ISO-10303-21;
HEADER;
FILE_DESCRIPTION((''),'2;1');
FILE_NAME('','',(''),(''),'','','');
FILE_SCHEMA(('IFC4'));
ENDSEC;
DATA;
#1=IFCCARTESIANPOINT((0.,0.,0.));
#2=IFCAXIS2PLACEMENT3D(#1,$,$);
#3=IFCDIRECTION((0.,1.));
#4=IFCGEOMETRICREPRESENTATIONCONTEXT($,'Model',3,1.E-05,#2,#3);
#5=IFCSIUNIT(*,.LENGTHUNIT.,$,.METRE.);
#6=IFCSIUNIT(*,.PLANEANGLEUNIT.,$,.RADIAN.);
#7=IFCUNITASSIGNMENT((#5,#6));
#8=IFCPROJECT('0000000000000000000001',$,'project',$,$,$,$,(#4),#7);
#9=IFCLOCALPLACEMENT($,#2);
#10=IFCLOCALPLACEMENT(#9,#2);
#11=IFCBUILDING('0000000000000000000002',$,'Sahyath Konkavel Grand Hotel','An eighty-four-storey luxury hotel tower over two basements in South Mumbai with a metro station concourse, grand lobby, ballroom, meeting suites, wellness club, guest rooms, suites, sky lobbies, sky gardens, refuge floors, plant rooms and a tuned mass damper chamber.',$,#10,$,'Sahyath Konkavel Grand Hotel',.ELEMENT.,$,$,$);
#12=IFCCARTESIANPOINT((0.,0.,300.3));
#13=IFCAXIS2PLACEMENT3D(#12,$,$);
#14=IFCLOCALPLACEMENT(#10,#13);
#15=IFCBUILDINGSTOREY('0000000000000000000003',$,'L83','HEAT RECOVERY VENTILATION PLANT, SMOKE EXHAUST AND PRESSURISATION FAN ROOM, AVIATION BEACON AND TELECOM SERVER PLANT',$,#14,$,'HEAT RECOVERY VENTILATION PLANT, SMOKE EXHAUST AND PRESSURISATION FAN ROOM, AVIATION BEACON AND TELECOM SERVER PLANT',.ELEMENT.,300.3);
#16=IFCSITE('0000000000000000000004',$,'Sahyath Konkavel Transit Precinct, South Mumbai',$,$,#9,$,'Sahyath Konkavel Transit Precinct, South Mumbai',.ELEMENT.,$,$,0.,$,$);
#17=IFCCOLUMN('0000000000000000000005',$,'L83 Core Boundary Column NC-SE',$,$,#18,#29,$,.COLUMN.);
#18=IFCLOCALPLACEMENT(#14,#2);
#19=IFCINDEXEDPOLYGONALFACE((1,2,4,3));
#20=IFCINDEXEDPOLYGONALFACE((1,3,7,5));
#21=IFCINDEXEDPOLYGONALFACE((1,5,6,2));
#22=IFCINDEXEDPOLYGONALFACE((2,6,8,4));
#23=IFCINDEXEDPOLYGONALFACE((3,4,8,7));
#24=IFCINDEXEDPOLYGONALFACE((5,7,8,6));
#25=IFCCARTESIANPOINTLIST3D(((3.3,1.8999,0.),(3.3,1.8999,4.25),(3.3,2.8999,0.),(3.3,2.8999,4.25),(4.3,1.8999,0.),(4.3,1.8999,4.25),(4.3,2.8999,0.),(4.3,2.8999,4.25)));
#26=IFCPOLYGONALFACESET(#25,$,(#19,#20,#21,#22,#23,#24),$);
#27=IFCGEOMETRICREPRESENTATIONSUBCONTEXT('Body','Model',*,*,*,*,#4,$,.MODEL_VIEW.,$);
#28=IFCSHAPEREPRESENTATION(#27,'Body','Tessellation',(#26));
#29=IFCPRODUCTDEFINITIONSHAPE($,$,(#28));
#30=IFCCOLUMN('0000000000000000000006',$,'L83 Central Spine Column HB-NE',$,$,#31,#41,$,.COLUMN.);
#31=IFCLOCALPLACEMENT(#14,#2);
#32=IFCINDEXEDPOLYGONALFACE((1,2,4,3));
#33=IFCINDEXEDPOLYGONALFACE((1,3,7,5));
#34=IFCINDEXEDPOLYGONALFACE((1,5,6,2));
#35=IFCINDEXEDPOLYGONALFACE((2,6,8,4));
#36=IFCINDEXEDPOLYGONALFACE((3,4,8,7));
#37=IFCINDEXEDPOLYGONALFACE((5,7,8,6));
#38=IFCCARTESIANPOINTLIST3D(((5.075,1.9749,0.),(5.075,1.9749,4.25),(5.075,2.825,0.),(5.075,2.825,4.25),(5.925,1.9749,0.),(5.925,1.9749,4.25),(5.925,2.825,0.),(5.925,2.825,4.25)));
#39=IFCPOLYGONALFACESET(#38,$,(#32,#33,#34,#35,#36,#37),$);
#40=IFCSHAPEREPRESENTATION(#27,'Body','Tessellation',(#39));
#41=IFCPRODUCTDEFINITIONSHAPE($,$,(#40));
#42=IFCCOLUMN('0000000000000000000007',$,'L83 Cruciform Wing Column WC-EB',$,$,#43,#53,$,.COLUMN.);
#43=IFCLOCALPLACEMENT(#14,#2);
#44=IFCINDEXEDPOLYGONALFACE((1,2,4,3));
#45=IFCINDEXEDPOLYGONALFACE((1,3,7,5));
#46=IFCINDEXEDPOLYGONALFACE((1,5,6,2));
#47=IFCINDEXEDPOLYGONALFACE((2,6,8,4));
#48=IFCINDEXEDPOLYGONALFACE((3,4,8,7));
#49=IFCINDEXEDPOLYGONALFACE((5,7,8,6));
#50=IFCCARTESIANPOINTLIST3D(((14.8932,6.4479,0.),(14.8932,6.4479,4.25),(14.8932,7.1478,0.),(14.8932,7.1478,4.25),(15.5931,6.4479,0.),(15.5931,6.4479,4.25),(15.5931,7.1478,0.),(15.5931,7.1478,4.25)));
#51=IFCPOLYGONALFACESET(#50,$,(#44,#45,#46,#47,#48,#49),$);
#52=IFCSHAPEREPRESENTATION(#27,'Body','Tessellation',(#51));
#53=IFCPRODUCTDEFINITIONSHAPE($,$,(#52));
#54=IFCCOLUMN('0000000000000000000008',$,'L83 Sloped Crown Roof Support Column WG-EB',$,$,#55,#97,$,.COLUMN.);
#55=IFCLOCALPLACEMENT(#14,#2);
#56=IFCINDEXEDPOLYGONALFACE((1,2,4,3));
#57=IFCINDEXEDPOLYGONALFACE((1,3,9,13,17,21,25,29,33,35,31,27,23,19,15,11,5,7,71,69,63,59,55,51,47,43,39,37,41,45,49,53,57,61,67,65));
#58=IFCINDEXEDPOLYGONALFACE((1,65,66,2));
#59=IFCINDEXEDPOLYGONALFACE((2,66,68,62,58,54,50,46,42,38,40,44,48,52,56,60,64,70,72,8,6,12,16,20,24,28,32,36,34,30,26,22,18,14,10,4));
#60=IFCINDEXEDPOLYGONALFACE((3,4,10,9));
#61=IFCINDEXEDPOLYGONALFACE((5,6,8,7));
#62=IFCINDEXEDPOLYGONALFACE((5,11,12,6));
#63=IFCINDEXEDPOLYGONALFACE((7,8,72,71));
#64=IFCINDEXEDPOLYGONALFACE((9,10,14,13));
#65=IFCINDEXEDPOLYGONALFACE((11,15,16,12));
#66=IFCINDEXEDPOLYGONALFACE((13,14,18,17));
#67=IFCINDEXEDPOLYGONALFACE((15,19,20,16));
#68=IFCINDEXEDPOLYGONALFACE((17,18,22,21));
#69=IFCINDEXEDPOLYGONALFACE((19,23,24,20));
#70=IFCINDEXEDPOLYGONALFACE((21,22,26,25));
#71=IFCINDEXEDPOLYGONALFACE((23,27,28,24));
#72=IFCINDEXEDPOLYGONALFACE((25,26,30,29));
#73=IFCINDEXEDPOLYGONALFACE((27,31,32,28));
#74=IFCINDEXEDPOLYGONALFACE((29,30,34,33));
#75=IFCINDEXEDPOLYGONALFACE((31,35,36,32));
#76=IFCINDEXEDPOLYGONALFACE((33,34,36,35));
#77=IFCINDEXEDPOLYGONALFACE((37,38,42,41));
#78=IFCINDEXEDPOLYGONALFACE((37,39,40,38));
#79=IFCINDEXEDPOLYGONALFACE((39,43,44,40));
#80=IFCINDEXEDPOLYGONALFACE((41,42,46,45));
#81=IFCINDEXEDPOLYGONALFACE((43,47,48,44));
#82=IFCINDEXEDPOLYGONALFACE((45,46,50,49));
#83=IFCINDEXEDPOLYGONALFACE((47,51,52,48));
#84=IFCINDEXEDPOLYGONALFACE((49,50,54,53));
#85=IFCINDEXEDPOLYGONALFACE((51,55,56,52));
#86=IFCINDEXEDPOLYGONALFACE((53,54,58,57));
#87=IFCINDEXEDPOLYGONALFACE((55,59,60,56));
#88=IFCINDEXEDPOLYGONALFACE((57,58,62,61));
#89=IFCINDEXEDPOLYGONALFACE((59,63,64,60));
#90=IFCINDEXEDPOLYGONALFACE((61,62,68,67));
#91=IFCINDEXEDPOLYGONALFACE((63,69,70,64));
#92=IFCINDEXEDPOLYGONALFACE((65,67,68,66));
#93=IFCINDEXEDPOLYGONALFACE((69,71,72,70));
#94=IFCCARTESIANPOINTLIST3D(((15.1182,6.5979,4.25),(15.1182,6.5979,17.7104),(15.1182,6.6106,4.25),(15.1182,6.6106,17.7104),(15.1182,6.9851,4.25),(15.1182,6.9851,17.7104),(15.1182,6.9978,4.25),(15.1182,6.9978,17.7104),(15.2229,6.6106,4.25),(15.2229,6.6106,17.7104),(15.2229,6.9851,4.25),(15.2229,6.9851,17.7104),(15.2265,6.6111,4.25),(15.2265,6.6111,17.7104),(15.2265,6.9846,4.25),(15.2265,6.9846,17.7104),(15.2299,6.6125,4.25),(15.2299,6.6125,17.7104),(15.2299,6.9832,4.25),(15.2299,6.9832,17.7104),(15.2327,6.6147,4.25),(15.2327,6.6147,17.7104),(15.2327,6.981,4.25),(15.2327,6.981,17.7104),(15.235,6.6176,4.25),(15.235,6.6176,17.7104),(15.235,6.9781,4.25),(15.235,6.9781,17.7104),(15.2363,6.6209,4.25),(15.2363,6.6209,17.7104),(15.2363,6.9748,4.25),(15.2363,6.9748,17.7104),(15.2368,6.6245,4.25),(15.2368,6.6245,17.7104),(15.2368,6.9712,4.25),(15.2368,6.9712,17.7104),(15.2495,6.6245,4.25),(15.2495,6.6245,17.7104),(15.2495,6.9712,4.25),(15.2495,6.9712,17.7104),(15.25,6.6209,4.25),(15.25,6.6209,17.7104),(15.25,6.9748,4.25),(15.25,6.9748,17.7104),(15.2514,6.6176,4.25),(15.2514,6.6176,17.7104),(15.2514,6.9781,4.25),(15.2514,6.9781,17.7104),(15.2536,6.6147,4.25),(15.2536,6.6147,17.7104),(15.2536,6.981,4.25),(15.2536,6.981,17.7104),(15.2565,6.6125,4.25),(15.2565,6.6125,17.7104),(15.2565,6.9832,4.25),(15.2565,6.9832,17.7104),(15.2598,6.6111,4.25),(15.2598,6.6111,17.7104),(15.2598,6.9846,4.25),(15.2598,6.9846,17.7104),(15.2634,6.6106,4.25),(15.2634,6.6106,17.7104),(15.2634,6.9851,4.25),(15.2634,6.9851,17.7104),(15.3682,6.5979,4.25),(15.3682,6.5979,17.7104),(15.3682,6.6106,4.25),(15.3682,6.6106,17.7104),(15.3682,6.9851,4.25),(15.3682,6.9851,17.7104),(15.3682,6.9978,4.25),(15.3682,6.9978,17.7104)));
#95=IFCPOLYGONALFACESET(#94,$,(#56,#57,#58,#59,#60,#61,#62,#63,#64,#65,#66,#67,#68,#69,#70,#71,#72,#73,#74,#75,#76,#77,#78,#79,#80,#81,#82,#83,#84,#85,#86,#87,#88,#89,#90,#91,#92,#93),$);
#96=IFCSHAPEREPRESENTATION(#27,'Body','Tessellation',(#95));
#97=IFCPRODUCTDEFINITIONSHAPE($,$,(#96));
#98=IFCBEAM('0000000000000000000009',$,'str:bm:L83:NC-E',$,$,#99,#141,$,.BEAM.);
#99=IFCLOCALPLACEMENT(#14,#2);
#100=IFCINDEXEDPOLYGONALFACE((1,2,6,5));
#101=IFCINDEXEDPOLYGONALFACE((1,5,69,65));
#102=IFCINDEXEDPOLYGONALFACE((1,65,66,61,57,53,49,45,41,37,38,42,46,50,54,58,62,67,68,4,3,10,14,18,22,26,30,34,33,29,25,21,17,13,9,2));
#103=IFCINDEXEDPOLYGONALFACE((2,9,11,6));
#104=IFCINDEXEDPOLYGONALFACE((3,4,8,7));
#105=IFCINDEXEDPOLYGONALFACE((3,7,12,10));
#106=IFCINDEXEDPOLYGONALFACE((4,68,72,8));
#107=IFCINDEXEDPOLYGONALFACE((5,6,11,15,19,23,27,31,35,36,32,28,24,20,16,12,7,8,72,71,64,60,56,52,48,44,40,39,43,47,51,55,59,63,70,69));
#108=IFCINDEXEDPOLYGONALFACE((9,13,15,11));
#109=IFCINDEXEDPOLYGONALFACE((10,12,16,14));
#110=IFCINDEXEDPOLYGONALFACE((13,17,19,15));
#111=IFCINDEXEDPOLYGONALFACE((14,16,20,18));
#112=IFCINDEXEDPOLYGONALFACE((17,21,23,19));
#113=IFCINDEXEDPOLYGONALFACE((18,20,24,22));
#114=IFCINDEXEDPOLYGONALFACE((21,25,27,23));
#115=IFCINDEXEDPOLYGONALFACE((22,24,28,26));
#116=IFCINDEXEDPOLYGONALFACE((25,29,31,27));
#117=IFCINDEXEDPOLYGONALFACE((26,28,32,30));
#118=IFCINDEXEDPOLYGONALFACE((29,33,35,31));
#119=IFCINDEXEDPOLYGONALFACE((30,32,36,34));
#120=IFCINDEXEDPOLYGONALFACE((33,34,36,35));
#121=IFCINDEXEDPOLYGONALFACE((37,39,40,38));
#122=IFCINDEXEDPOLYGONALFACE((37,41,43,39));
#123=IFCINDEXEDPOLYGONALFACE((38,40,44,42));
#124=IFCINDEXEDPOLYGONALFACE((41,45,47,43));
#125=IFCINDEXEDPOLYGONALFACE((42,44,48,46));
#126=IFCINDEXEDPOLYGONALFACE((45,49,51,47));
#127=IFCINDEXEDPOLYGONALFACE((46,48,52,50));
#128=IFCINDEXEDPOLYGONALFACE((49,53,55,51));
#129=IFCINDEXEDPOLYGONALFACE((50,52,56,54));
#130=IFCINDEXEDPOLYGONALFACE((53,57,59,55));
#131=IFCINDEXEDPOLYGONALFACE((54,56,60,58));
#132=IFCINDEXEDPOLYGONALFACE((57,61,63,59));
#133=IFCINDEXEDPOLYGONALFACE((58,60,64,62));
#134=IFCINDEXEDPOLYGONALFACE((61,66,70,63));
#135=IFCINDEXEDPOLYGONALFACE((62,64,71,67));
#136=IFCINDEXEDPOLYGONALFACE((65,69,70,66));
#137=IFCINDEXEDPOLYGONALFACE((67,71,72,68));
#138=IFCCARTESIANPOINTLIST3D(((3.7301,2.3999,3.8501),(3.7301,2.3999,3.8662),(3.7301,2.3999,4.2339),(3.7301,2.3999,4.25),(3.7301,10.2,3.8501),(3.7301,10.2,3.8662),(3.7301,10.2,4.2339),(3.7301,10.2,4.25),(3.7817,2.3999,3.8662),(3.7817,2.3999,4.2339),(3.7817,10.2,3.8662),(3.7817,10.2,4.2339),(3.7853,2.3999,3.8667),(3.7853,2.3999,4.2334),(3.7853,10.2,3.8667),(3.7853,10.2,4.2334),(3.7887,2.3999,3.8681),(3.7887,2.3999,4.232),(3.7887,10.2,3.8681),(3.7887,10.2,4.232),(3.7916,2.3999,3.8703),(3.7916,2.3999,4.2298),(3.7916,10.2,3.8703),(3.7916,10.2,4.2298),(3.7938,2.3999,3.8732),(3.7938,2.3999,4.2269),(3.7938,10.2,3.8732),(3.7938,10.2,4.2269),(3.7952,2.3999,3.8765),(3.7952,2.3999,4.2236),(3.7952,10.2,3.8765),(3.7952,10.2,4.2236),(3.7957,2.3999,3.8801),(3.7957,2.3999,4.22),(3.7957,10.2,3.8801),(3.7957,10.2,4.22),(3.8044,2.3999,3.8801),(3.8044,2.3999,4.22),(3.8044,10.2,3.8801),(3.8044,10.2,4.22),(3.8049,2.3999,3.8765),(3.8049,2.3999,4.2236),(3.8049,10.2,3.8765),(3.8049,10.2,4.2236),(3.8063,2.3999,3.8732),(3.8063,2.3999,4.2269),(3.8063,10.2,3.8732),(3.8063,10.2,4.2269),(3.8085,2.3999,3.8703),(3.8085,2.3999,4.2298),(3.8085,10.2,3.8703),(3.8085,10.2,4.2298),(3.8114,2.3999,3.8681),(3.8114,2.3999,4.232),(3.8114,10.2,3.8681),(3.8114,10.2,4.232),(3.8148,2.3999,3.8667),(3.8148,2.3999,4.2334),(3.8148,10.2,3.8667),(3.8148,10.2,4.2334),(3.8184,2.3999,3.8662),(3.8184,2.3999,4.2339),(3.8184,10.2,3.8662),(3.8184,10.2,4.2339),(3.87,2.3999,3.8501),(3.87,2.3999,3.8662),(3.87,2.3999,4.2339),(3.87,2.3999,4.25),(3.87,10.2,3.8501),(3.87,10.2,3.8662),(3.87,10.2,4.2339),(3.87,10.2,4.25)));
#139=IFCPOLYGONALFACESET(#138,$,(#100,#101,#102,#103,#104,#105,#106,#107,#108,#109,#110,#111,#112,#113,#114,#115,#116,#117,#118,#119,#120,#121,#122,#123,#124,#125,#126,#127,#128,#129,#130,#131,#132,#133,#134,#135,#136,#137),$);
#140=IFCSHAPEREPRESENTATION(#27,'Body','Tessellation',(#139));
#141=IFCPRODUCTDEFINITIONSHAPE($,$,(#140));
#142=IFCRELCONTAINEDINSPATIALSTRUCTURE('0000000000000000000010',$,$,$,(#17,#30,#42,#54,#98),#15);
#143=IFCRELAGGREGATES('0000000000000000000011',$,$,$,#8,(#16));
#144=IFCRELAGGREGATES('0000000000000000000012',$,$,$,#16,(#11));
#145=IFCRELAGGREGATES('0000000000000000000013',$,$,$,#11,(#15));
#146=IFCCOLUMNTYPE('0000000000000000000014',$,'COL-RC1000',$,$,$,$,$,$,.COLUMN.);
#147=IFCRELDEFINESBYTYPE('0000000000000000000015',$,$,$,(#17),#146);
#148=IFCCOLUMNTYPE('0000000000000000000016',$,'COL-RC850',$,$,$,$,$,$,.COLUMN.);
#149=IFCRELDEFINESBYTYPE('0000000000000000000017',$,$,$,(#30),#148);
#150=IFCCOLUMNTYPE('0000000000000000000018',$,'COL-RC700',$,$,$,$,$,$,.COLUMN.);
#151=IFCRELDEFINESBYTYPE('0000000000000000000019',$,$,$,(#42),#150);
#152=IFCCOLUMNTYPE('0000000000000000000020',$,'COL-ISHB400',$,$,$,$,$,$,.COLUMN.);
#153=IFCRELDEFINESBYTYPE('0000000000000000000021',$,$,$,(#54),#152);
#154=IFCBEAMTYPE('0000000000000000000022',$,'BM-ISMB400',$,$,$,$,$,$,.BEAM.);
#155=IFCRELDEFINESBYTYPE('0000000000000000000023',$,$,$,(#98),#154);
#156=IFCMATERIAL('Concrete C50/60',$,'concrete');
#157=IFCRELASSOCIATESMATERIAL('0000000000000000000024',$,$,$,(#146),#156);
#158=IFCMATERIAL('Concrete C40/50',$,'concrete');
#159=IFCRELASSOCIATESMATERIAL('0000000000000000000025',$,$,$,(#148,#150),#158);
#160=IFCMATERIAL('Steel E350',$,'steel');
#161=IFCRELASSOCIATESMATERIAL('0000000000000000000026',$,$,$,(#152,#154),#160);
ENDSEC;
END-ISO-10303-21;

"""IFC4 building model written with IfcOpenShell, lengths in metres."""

from ifc_helpers import new_model, si_unit, direction, frame, origin, origin_2d, place, context, subcontext, project, spatial, rectangle, i_section, extrude, source, transform, mapped, material, material_profile, profile_set, type_object, element, save


model = new_model("IFC4")

# Units and contexts
model_context = context("Model", 3, precision=1e-05, world=origin(), true_north=direction((0.0, 1.0)))
body_context = subcontext(model_context, "Body", "Model", "MODEL_VIEW")
ifc_project = project(units=[si_unit("LENGTHUNIT", "METRE"), si_unit("PLANEANGLEUNIT", "RADIAN")], contexts=[model_context])

# Site, building, storey
site_placement = place(None, origin())
site = spatial("IfcSite", under=ifc_project, at=site_placement, Name="Sahyath Konkavel Transit Precinct, South Mumbai", LongName="Sahyath Konkavel Transit Precinct, South Mumbai", CompositionType="ELEMENT", RefElevation=0.0)
building_placement = place(site_placement, origin())
building = spatial("IfcBuilding", under=site, at=building_placement, Name="Sahyath Konkavel Grand Hotel", Description="An eighty-four-storey luxury hotel tower over two basements in South Mumbai with a metro station concourse, grand lobby, ballroom, meeting suites, wellness club, guest rooms, suites, sky lobbies, sky gardens, refuge floors, plant rooms and a tuned mass damper chamber.", LongName="Sahyath Konkavel Grand Hotel", CompositionType="ELEMENT")
storey_placement = place(building_placement, frame((0.0, 0.0, 300.3)))
storey = spatial("IfcBuildingStorey", under=building, at=storey_placement, Name="L83", Description="HEAT RECOVERY VENTILATION PLANT, SMOKE EXHAUST AND PRESSURISATION FAN ROOM, AVIATION BEACON AND TELECOM SERVER PLANT", LongName="HEAT RECOVERY VENTILATION PLANT, SMOKE EXHAUST AND PRESSURISATION FAN ROOM, AVIATION BEACON AND TELECOM SERVER PLANT", CompositionType="ELEMENT", Elevation=300.3)

# Columns
ifc_material_1 = material(Name="Concrete C50/60", Category="concrete")
ifc_material_profile_1 = material_profile(ifc_material_1, rectangle(XDim=1.0, YDim=1.0, at=origin_2d()), Name="RC 1000x1000")
ifc_profile_set_1 = profile_set([ifc_material_profile_1], Name="Concrete C50/60")
column_type_1 = type_object("IfcColumnType", Name="COL-RC1000", PredefinedType="COLUMN", material=ifc_profile_set_1)
shared_shape_1 = source(origin(), body_context, "Body", "SweptSolid", [
    extrude(rectangle(XDim=1.0, YDim=1.0, at=origin_2d()), origin(), (0.0, 0.0, 1.0), 4.25),
])
column_1_placement = place(storey_placement, frame((3.8, 2.3999, 0.0), z_axis=(0.0, 0.0, 1.0), x_axis=(1.0, 0.0, 0.0)))
element("IfcColumn", 1, at=column_1_placement, inside=storey, type_object=column_type_1, Name="L83 Core Boundary Column NC-SE", PredefinedType="COLUMN", context=body_context, shape_type="MappedRepresentation", body=[
    mapped(shared_shape_1, transform((0.0, 0.0, 0.0), scale=1.0)),
])
ifc_material_2 = material(Name="Concrete C40/50", Category="concrete")
ifc_material_profile_2 = material_profile(ifc_material_2, rectangle(XDim=0.8501, YDim=0.8501, at=origin_2d()), Name="RC 850x850")
ifc_profile_set_2 = profile_set([ifc_material_profile_2], Name="Concrete C40/50")
column_type_2 = type_object("IfcColumnType", Name="COL-RC850", PredefinedType="COLUMN", material=ifc_profile_set_2)
shared_shape_2 = source(origin(), body_context, "Body", "SweptSolid", [
    extrude(rectangle(XDim=0.8501, YDim=0.8501, at=origin_2d()), origin(), (0.0, 0.0, 1.0), 4.25),
])
column_2_placement = place(storey_placement, frame((5.5, 2.3999, 0.0), z_axis=(0.0, 0.0, 1.0), x_axis=(1.0, 0.0, 0.0)))
element("IfcColumn", 2, at=column_2_placement, inside=storey, type_object=column_type_2, Name="L83 Central Spine Column HB-NE", PredefinedType="COLUMN", context=body_context, shape_type="MappedRepresentation", body=[
    mapped(shared_shape_2, transform((0.0, 0.0, 0.0), scale=1.0)),
])
ifc_material_profile_3 = material_profile(ifc_material_2, rectangle(XDim=0.7, YDim=0.7, at=origin_2d()), Name="RC 700x700")
ifc_profile_set_3 = profile_set([ifc_material_profile_3], Name="Concrete C40/50")
column_type_3 = type_object("IfcColumnType", Name="COL-RC700", PredefinedType="COLUMN", material=ifc_profile_set_3)
shared_shape_3 = source(origin(), body_context, "Body", "SweptSolid", [
    extrude(rectangle(XDim=0.7, YDim=0.7, at=origin_2d()), origin(), (0.0, 0.0, 1.0), 4.25),
])
column_3_placement = place(storey_placement, frame((15.2432, 6.7979, 0.0), z_axis=(0.0, 0.0, 1.0), x_axis=(1.0, 0.0, 0.0)))
element("IfcColumn", 3, at=column_3_placement, inside=storey, type_object=column_type_3, Name="L83 Cruciform Wing Column WC-EB", PredefinedType="COLUMN", context=body_context, shape_type="MappedRepresentation", body=[
    mapped(shared_shape_3, transform((0.0, 0.0, 0.0), scale=1.0)),
])
ifc_material_3 = material(Name="Steel E350", Category="steel")
ifc_material_profile_4 = material_profile(ifc_material_3, i_section(OverallWidth=0.25, OverallDepth=0.3999, WebThickness=0.0127, FlangeThickness=0.0127, FilletRadius=0.0139, at=origin_2d()), Name="ISHB 400")
ifc_profile_set_4 = profile_set([ifc_material_profile_4], Name="Steel E350")
column_type_4 = type_object("IfcColumnType", Name="COL-ISHB400", PredefinedType="COLUMN", material=ifc_profile_set_4)
shared_shape_4 = source(origin(), body_context, "Body", "SweptSolid", [
    extrude(i_section(OverallWidth=0.25, OverallDepth=0.3999, WebThickness=0.0127, FlangeThickness=0.0127, FilletRadius=0.0139, at=origin_2d()), origin(), (0.0, 0.0, 1.0), 13.4604),
])
column_4_placement = place(storey_placement, frame((15.2432, 6.7979, 4.25), z_axis=(0.0, 0.0, 1.0), x_axis=(1.0, 0.0, 0.0)))
element("IfcColumn", 4, at=column_4_placement, inside=storey, type_object=column_type_4, Name="L83 Sloped Crown Roof Support Column WG-EB", PredefinedType="COLUMN", context=body_context, shape_type="MappedRepresentation", body=[
    mapped(shared_shape_4, transform((0.0, 0.0, 0.0), scale=1.0)),
])

# Beam
ifc_material_profile_5 = material_profile(ifc_material_3, i_section(OverallWidth=0.1399, OverallDepth=0.3999, WebThickness=0.0088, FlangeThickness=0.0161, FilletRadius=0.0139, at=origin_2d()), Name="ISMB 400")
ifc_profile_set_5 = profile_set([ifc_material_profile_5], Name="Steel E350")
beam_type_1 = type_object("IfcBeamType", Name="BM-ISMB400", PredefinedType="BEAM", material=ifc_profile_set_5)
shared_shape_5 = source(origin(), body_context, "Body", "SweptSolid", [
    extrude(i_section(OverallWidth=0.1399, OverallDepth=0.3999, WebThickness=0.0088, FlangeThickness=0.0161, FilletRadius=0.0139, at=origin_2d()), origin(), (0.0, 0.0, 1.0), 7.8),
])
beam_1_placement = place(storey_placement, frame((3.8, 2.3999, 4.05), z_axis=(0.0, 1.0, 0.0), x_axis=(-1.0, 0.0, 0.0)))
element("IfcBeam", 5, at=beam_1_placement, inside=storey, type_object=beam_type_1, Name="str:bm:L83:NC-E", PredefinedType="BEAM", context=body_context, shape_type="MappedRepresentation", body=[
    mapped(shared_shape_5, transform((0.0, 0.0, 0.0), scale=1.0)),
])

save(model, "model.ifc")
